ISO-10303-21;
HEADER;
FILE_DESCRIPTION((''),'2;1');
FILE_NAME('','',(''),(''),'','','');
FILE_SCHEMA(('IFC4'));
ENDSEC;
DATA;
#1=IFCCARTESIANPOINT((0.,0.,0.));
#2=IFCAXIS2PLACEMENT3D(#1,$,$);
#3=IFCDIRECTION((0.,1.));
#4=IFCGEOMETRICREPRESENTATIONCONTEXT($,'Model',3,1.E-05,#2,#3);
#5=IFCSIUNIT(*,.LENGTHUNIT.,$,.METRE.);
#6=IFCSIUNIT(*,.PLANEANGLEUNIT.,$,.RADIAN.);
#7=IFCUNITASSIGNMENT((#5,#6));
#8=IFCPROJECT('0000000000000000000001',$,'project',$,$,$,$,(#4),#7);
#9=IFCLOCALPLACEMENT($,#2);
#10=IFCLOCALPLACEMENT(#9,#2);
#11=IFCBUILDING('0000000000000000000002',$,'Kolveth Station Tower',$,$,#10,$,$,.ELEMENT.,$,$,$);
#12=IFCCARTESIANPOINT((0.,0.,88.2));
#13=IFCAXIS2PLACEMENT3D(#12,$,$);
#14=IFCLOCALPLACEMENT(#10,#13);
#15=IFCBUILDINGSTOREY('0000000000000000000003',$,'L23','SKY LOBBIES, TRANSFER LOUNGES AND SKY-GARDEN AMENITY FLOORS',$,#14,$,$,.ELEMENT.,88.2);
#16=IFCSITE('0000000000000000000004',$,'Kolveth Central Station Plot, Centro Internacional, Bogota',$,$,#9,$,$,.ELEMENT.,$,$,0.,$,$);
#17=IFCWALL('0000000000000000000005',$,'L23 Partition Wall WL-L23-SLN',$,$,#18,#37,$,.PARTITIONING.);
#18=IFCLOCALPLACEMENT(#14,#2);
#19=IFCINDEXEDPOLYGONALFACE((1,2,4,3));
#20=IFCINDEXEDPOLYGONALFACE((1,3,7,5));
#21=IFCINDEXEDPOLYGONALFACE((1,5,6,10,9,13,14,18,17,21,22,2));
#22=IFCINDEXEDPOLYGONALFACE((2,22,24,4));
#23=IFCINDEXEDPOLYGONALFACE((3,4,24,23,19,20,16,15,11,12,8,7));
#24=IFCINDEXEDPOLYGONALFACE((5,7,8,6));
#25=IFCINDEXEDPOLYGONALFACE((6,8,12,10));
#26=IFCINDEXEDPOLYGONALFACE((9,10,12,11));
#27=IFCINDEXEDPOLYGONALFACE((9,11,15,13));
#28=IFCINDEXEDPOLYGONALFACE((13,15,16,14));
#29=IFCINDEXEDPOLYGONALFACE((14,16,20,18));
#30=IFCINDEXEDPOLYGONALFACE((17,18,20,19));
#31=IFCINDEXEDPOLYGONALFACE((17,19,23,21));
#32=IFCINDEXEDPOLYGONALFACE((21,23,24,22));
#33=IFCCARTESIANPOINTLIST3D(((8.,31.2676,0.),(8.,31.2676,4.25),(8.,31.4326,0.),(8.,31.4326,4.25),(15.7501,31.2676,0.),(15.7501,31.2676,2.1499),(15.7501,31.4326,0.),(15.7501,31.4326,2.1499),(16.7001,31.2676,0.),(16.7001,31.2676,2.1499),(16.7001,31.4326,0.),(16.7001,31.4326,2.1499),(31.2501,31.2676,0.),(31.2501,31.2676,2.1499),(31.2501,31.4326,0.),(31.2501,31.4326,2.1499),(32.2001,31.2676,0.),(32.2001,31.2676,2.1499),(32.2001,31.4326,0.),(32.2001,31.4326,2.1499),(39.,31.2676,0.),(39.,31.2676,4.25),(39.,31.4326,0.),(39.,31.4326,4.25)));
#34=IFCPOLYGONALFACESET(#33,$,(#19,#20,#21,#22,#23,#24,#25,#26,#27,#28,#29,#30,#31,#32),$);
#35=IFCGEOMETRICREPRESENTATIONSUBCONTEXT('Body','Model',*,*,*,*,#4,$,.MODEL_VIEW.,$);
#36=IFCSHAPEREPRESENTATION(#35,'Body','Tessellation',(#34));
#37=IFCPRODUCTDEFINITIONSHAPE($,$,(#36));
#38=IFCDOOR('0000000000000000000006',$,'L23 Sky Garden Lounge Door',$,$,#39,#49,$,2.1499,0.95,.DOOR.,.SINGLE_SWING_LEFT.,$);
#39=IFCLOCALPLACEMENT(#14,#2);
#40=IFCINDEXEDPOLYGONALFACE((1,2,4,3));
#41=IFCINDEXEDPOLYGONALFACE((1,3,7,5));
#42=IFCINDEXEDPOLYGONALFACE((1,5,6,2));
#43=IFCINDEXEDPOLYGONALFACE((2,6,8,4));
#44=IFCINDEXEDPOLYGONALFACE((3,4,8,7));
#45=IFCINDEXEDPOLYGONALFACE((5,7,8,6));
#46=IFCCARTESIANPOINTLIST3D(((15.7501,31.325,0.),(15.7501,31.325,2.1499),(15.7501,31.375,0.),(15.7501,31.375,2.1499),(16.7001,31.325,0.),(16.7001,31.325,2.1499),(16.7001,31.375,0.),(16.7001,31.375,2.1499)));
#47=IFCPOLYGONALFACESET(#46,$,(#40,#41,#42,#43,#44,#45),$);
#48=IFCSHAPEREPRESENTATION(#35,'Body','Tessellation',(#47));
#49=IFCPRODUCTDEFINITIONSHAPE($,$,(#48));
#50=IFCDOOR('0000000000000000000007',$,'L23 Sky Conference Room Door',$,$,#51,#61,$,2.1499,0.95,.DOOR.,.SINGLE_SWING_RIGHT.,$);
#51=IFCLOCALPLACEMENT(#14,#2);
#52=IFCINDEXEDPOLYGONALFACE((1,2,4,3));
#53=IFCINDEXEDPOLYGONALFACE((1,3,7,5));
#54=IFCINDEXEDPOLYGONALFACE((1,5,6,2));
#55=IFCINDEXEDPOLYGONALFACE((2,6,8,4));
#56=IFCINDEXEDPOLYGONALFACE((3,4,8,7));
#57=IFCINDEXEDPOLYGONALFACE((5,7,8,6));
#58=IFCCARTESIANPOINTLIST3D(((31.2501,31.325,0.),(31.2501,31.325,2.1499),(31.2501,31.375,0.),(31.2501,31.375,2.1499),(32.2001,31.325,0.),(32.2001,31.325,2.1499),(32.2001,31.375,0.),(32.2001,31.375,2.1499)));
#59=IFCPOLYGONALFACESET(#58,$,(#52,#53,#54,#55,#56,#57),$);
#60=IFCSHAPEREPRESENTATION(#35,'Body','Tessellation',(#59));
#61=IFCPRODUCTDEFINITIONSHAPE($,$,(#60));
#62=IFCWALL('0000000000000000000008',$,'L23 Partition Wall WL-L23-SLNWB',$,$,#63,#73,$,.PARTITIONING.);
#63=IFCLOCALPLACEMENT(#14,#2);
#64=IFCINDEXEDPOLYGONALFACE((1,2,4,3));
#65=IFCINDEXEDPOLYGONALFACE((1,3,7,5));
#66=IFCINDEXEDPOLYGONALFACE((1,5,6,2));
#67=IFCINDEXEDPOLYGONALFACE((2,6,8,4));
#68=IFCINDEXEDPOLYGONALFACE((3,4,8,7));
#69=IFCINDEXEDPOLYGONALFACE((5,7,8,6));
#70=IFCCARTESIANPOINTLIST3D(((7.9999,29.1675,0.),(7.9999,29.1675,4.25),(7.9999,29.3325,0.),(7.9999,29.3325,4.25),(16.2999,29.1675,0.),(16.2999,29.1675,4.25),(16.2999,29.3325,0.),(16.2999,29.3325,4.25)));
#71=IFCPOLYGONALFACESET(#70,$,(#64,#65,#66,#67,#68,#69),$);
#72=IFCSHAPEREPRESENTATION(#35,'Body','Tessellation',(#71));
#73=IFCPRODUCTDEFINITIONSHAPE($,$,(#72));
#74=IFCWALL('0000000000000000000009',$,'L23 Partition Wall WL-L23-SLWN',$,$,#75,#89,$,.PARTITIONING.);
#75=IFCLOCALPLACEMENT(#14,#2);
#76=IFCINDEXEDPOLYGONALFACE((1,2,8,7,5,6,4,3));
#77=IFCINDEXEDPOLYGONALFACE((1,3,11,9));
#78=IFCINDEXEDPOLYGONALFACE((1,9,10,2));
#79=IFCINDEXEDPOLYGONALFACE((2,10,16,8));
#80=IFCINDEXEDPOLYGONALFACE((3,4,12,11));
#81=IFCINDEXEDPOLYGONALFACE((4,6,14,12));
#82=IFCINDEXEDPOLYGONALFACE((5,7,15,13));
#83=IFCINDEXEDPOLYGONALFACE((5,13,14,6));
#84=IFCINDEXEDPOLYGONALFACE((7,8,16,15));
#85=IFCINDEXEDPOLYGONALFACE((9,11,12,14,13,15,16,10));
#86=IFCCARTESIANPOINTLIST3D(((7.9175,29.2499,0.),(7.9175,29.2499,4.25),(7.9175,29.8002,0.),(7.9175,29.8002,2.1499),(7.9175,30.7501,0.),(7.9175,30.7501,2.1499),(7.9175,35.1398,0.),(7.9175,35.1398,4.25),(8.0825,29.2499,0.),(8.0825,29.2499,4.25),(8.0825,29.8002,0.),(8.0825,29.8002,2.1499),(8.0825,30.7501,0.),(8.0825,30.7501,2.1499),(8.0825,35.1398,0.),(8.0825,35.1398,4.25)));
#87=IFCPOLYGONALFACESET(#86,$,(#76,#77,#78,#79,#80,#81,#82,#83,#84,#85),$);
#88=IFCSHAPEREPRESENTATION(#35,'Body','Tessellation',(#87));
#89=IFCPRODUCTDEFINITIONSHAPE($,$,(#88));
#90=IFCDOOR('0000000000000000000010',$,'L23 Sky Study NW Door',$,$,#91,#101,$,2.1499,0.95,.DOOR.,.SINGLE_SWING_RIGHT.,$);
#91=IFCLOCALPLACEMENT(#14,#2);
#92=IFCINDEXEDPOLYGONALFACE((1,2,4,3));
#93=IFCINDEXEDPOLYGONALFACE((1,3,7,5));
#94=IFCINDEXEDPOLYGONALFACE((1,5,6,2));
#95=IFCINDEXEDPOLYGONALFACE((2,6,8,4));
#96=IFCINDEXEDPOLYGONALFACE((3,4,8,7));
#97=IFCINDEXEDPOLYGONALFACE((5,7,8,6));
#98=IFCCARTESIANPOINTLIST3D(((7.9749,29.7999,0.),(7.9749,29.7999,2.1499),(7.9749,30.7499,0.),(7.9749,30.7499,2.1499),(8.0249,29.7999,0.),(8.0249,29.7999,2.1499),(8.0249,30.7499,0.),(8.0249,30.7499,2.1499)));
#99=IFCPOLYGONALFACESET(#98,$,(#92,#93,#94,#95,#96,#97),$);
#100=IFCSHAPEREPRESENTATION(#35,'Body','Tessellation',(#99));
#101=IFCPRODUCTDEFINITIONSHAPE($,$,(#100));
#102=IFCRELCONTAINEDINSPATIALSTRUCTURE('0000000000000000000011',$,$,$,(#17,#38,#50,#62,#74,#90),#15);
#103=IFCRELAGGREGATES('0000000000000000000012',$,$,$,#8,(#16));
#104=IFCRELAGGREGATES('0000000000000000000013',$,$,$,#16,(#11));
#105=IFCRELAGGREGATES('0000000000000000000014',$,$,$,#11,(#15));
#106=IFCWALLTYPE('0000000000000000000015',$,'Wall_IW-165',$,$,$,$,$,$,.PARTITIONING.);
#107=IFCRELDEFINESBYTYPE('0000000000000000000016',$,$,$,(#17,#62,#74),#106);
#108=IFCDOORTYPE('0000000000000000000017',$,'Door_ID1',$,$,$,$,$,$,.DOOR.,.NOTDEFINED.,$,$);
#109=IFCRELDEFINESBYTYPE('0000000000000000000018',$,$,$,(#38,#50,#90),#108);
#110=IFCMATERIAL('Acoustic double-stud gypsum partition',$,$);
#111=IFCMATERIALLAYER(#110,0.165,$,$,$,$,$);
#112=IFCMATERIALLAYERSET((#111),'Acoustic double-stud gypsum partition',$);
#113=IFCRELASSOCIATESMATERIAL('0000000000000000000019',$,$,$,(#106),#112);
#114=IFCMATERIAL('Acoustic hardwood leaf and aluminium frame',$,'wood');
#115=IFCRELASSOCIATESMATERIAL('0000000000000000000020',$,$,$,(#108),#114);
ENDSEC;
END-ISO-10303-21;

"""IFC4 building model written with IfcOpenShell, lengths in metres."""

from ifc_helpers import new_model, si_unit, direction, frame, frame_2d, origin, place, context, subcontext, project, spatial, rectangle, extrude, material, layer, layer_set, type_object, element, fill, save


model = new_model("IFC4")

# Units and contexts
model_context = context("Model", 3, precision=1e-05, world=origin(), true_north=direction((0.0, 1.0)))
body_context = subcontext(model_context, "Body", "Model", "MODEL_VIEW")
ifc_project = project(units=[si_unit("LENGTHUNIT", "METRE"), si_unit("PLANEANGLEUNIT", "RADIAN")], contexts=[model_context])

# Site, building, storey
site_placement = place(None, origin())
site = spatial("IfcSite", under=ifc_project, at=site_placement, Name="Kolveth Central Station Plot, Centro Internacional, Bogota", CompositionType="ELEMENT", RefElevation=0.0)
building_placement = place(site_placement, origin())
building = spatial("IfcBuilding", under=site, at=building_placement, Name="Kolveth Station Tower", CompositionType="ELEMENT")
storey_placement = place(building_placement, frame((0.0, 0.0, 88.2)))
storey = spatial("IfcBuildingStorey", under=building, at=storey_placement, Name="L23", Description="SKY LOBBIES, TRANSFER LOUNGES AND SKY-GARDEN AMENITY FLOORS", CompositionType="ELEMENT", Elevation=88.2)

# Wall, openings, doors
ifc_material_1 = material(Name="Acoustic double-stud gypsum partition")
ifc_layer_1 = layer(ifc_material_1, 0.165)
ifc_layer_set_1 = layer_set([ifc_layer_1], Name="Acoustic double-stud gypsum partition")
wall_type_1 = type_object("IfcWallType", Name="Wall_IW-165", PredefinedType="PARTITIONING", material=ifc_layer_set_1)
wall_1_placement = place(storey_placement, frame((8.0, 31.3501, 0.0), z_axis=(0.0, 0.0, 1.0), x_axis=(1.0, 0.0, 0.0)))
wall_1 = element("IfcWall", 1, at=wall_1_placement, inside=storey, type_object=wall_type_1, Name="L23 Partition Wall WL-L23-SLN", PredefinedType="PARTITIONING", context=body_context, shape_type="SweptSolid", body=[
    extrude(rectangle(XDim=31.0, YDim=0.165, at=frame_2d((15.5, 0.0))), origin(), (0.0, 0.0, 1.0), 4.25),
])
opening_1_placement = place(wall_1_placement, frame((7.75, 0.0, 0.0)))
opening_1 = element("IfcOpeningElement", 2, at=opening_1_placement, cuts=wall_1, PredefinedType="OPENING", context=body_context, shape_type="SweptSolid", body=[
    extrude(rectangle(XDim=0.95, YDim=2.1499, at=frame_2d((0.4751, 1.075))), frame((0.0, 0.0925, 0.0), z_axis=(0.0, -1.0, 0.0), x_axis=(1.0, 0.0, 0.0)), (0.0, 0.0, 1.0), 0.1851),
])
opening_2_placement = place(wall_1_placement, frame((23.25, 0.0, 0.0)))
opening_2 = element("IfcOpeningElement", 3, at=opening_2_placement, cuts=wall_1, PredefinedType="OPENING", context=body_context, shape_type="SweptSolid", body=[
    extrude(rectangle(XDim=0.95, YDim=2.1499, at=frame_2d((0.4751, 1.075))), frame((0.0, 0.0925, 0.0), z_axis=(0.0, -1.0, 0.0), x_axis=(1.0, 0.0, 0.0)), (0.0, 0.0, 1.0), 0.1851),
])
ifc_material_2 = material(Name="Acoustic hardwood leaf and aluminium frame", Category="wood")
door_type_1 = type_object("IfcDoorType", Name="Door_ID1", OperationType="NOTDEFINED", PredefinedType="DOOR", material=ifc_material_2)
door_1_placement = place(opening_1_placement, origin())
door_1 = element("IfcDoor", 4, at=door_1_placement, inside=storey, type_object=door_type_1, Name="L23 Sky Garden Lounge Door", OperationType="SINGLE_SWING_LEFT", OverallHeight=2.1499, OverallWidth=0.95, PredefinedType="DOOR", context=body_context, shape_type="SweptSolid", body=[
    extrude(rectangle(XDim=0.95, YDim=2.1499, at=frame_2d((0.4751, 1.075))), frame((0.0, 0.0249, 0.0), z_axis=(0.0, -1.0, 0.0), x_axis=(1.0, 0.0, 0.0)), (0.0, 0.0, 1.0), 0.05),
])
fill(opening_1, door_1)
door_2_placement = place(opening_2_placement, origin())
door_2 = element("IfcDoor", 5, at=door_2_placement, inside=storey, type_object=door_type_1, Name="L23 Sky Conference Room Door", OperationType="SINGLE_SWING_RIGHT", OverallHeight=2.1499, OverallWidth=0.95, PredefinedType="DOOR", context=body_context, shape_type="SweptSolid", body=[
    extrude(rectangle(XDim=0.95, YDim=2.1499, at=frame_2d((0.4751, 1.075))), frame((0.0, 0.0249, 0.0), z_axis=(0.0, -1.0, 0.0), x_axis=(1.0, 0.0, 0.0)), (0.0, 0.0, 1.0), 0.05),
])
fill(opening_2, door_2)

# Wall
wall_2_placement = place(storey_placement, frame((8.0, 29.25, 0.0), z_axis=(0.0, 0.0, 1.0), x_axis=(1.0, 0.0, 0.0)))
element("IfcWall", 6, at=wall_2_placement, inside=storey, type_object=wall_type_1, Name="L23 Partition Wall WL-L23-SLNWB", PredefinedType="PARTITIONING", context=body_context, shape_type="SweptSolid", body=[
    extrude(rectangle(XDim=8.3, YDim=0.165, at=frame_2d((4.1499, 0.0))), origin(), (0.0, 0.0, 1.0), 4.25),
])

# Wall, opening, door
wall_3_placement = place(storey_placement, frame((8.0, 29.25, 0.0), z_axis=(0.0, 0.0, 1.0), x_axis=(0.0, 1.0, 0.0)))
wall_3 = element("IfcWall", 7, at=wall_3_placement, inside=storey, type_object=wall_type_1, Name="L23 Partition Wall WL-L23-SLWN", PredefinedType="PARTITIONING", context=body_context, shape_type="SweptSolid", body=[
    extrude(rectangle(XDim=5.8899, YDim=0.165, at=frame_2d((2.9448, 0.0))), origin(), (0.0, 0.0, 1.0), 4.25),
])
opening_3_placement = place(wall_3_placement, frame((0.55, 0.0, 0.0)))
opening_3 = element("IfcOpeningElement", 8, at=opening_3_placement, cuts=wall_3, PredefinedType="OPENING", context=body_context, shape_type="SweptSolid", body=[
    extrude(rectangle(XDim=0.95, YDim=2.1499, at=frame_2d((0.4751, 1.075))), frame((0.0, 0.0925, 0.0), z_axis=(0.0, -1.0, 0.0), x_axis=(1.0, 0.0, 0.0)), (0.0, 0.0, 1.0), 0.1851),
])
door_3_placement = place(opening_3_placement, frame((0.95, 0.0, 0.0), z_axis=(0.0, 0.0, 1.0), x_axis=(-1.0, 0.0, 0.0)))
door_3 = element("IfcDoor", 9, at=door_3_placement, inside=storey, type_object=door_type_1, Name="L23 Sky Study NW Door", OperationType="SINGLE_SWING_RIGHT", OverallHeight=2.1499, OverallWidth=0.95, PredefinedType="DOOR", context=body_context, shape_type="SweptSolid", body=[
    extrude(rectangle(XDim=0.95, YDim=2.1499, at=frame_2d((0.4751, 1.075))), frame((0.0, 0.0249, 0.0), z_axis=(0.0, -1.0, 0.0), x_axis=(1.0, 0.0, 0.0)), (0.0, 0.0, 1.0), 0.05),
])
fill(opening_3, door_3)

save(model, "model.ifc")
